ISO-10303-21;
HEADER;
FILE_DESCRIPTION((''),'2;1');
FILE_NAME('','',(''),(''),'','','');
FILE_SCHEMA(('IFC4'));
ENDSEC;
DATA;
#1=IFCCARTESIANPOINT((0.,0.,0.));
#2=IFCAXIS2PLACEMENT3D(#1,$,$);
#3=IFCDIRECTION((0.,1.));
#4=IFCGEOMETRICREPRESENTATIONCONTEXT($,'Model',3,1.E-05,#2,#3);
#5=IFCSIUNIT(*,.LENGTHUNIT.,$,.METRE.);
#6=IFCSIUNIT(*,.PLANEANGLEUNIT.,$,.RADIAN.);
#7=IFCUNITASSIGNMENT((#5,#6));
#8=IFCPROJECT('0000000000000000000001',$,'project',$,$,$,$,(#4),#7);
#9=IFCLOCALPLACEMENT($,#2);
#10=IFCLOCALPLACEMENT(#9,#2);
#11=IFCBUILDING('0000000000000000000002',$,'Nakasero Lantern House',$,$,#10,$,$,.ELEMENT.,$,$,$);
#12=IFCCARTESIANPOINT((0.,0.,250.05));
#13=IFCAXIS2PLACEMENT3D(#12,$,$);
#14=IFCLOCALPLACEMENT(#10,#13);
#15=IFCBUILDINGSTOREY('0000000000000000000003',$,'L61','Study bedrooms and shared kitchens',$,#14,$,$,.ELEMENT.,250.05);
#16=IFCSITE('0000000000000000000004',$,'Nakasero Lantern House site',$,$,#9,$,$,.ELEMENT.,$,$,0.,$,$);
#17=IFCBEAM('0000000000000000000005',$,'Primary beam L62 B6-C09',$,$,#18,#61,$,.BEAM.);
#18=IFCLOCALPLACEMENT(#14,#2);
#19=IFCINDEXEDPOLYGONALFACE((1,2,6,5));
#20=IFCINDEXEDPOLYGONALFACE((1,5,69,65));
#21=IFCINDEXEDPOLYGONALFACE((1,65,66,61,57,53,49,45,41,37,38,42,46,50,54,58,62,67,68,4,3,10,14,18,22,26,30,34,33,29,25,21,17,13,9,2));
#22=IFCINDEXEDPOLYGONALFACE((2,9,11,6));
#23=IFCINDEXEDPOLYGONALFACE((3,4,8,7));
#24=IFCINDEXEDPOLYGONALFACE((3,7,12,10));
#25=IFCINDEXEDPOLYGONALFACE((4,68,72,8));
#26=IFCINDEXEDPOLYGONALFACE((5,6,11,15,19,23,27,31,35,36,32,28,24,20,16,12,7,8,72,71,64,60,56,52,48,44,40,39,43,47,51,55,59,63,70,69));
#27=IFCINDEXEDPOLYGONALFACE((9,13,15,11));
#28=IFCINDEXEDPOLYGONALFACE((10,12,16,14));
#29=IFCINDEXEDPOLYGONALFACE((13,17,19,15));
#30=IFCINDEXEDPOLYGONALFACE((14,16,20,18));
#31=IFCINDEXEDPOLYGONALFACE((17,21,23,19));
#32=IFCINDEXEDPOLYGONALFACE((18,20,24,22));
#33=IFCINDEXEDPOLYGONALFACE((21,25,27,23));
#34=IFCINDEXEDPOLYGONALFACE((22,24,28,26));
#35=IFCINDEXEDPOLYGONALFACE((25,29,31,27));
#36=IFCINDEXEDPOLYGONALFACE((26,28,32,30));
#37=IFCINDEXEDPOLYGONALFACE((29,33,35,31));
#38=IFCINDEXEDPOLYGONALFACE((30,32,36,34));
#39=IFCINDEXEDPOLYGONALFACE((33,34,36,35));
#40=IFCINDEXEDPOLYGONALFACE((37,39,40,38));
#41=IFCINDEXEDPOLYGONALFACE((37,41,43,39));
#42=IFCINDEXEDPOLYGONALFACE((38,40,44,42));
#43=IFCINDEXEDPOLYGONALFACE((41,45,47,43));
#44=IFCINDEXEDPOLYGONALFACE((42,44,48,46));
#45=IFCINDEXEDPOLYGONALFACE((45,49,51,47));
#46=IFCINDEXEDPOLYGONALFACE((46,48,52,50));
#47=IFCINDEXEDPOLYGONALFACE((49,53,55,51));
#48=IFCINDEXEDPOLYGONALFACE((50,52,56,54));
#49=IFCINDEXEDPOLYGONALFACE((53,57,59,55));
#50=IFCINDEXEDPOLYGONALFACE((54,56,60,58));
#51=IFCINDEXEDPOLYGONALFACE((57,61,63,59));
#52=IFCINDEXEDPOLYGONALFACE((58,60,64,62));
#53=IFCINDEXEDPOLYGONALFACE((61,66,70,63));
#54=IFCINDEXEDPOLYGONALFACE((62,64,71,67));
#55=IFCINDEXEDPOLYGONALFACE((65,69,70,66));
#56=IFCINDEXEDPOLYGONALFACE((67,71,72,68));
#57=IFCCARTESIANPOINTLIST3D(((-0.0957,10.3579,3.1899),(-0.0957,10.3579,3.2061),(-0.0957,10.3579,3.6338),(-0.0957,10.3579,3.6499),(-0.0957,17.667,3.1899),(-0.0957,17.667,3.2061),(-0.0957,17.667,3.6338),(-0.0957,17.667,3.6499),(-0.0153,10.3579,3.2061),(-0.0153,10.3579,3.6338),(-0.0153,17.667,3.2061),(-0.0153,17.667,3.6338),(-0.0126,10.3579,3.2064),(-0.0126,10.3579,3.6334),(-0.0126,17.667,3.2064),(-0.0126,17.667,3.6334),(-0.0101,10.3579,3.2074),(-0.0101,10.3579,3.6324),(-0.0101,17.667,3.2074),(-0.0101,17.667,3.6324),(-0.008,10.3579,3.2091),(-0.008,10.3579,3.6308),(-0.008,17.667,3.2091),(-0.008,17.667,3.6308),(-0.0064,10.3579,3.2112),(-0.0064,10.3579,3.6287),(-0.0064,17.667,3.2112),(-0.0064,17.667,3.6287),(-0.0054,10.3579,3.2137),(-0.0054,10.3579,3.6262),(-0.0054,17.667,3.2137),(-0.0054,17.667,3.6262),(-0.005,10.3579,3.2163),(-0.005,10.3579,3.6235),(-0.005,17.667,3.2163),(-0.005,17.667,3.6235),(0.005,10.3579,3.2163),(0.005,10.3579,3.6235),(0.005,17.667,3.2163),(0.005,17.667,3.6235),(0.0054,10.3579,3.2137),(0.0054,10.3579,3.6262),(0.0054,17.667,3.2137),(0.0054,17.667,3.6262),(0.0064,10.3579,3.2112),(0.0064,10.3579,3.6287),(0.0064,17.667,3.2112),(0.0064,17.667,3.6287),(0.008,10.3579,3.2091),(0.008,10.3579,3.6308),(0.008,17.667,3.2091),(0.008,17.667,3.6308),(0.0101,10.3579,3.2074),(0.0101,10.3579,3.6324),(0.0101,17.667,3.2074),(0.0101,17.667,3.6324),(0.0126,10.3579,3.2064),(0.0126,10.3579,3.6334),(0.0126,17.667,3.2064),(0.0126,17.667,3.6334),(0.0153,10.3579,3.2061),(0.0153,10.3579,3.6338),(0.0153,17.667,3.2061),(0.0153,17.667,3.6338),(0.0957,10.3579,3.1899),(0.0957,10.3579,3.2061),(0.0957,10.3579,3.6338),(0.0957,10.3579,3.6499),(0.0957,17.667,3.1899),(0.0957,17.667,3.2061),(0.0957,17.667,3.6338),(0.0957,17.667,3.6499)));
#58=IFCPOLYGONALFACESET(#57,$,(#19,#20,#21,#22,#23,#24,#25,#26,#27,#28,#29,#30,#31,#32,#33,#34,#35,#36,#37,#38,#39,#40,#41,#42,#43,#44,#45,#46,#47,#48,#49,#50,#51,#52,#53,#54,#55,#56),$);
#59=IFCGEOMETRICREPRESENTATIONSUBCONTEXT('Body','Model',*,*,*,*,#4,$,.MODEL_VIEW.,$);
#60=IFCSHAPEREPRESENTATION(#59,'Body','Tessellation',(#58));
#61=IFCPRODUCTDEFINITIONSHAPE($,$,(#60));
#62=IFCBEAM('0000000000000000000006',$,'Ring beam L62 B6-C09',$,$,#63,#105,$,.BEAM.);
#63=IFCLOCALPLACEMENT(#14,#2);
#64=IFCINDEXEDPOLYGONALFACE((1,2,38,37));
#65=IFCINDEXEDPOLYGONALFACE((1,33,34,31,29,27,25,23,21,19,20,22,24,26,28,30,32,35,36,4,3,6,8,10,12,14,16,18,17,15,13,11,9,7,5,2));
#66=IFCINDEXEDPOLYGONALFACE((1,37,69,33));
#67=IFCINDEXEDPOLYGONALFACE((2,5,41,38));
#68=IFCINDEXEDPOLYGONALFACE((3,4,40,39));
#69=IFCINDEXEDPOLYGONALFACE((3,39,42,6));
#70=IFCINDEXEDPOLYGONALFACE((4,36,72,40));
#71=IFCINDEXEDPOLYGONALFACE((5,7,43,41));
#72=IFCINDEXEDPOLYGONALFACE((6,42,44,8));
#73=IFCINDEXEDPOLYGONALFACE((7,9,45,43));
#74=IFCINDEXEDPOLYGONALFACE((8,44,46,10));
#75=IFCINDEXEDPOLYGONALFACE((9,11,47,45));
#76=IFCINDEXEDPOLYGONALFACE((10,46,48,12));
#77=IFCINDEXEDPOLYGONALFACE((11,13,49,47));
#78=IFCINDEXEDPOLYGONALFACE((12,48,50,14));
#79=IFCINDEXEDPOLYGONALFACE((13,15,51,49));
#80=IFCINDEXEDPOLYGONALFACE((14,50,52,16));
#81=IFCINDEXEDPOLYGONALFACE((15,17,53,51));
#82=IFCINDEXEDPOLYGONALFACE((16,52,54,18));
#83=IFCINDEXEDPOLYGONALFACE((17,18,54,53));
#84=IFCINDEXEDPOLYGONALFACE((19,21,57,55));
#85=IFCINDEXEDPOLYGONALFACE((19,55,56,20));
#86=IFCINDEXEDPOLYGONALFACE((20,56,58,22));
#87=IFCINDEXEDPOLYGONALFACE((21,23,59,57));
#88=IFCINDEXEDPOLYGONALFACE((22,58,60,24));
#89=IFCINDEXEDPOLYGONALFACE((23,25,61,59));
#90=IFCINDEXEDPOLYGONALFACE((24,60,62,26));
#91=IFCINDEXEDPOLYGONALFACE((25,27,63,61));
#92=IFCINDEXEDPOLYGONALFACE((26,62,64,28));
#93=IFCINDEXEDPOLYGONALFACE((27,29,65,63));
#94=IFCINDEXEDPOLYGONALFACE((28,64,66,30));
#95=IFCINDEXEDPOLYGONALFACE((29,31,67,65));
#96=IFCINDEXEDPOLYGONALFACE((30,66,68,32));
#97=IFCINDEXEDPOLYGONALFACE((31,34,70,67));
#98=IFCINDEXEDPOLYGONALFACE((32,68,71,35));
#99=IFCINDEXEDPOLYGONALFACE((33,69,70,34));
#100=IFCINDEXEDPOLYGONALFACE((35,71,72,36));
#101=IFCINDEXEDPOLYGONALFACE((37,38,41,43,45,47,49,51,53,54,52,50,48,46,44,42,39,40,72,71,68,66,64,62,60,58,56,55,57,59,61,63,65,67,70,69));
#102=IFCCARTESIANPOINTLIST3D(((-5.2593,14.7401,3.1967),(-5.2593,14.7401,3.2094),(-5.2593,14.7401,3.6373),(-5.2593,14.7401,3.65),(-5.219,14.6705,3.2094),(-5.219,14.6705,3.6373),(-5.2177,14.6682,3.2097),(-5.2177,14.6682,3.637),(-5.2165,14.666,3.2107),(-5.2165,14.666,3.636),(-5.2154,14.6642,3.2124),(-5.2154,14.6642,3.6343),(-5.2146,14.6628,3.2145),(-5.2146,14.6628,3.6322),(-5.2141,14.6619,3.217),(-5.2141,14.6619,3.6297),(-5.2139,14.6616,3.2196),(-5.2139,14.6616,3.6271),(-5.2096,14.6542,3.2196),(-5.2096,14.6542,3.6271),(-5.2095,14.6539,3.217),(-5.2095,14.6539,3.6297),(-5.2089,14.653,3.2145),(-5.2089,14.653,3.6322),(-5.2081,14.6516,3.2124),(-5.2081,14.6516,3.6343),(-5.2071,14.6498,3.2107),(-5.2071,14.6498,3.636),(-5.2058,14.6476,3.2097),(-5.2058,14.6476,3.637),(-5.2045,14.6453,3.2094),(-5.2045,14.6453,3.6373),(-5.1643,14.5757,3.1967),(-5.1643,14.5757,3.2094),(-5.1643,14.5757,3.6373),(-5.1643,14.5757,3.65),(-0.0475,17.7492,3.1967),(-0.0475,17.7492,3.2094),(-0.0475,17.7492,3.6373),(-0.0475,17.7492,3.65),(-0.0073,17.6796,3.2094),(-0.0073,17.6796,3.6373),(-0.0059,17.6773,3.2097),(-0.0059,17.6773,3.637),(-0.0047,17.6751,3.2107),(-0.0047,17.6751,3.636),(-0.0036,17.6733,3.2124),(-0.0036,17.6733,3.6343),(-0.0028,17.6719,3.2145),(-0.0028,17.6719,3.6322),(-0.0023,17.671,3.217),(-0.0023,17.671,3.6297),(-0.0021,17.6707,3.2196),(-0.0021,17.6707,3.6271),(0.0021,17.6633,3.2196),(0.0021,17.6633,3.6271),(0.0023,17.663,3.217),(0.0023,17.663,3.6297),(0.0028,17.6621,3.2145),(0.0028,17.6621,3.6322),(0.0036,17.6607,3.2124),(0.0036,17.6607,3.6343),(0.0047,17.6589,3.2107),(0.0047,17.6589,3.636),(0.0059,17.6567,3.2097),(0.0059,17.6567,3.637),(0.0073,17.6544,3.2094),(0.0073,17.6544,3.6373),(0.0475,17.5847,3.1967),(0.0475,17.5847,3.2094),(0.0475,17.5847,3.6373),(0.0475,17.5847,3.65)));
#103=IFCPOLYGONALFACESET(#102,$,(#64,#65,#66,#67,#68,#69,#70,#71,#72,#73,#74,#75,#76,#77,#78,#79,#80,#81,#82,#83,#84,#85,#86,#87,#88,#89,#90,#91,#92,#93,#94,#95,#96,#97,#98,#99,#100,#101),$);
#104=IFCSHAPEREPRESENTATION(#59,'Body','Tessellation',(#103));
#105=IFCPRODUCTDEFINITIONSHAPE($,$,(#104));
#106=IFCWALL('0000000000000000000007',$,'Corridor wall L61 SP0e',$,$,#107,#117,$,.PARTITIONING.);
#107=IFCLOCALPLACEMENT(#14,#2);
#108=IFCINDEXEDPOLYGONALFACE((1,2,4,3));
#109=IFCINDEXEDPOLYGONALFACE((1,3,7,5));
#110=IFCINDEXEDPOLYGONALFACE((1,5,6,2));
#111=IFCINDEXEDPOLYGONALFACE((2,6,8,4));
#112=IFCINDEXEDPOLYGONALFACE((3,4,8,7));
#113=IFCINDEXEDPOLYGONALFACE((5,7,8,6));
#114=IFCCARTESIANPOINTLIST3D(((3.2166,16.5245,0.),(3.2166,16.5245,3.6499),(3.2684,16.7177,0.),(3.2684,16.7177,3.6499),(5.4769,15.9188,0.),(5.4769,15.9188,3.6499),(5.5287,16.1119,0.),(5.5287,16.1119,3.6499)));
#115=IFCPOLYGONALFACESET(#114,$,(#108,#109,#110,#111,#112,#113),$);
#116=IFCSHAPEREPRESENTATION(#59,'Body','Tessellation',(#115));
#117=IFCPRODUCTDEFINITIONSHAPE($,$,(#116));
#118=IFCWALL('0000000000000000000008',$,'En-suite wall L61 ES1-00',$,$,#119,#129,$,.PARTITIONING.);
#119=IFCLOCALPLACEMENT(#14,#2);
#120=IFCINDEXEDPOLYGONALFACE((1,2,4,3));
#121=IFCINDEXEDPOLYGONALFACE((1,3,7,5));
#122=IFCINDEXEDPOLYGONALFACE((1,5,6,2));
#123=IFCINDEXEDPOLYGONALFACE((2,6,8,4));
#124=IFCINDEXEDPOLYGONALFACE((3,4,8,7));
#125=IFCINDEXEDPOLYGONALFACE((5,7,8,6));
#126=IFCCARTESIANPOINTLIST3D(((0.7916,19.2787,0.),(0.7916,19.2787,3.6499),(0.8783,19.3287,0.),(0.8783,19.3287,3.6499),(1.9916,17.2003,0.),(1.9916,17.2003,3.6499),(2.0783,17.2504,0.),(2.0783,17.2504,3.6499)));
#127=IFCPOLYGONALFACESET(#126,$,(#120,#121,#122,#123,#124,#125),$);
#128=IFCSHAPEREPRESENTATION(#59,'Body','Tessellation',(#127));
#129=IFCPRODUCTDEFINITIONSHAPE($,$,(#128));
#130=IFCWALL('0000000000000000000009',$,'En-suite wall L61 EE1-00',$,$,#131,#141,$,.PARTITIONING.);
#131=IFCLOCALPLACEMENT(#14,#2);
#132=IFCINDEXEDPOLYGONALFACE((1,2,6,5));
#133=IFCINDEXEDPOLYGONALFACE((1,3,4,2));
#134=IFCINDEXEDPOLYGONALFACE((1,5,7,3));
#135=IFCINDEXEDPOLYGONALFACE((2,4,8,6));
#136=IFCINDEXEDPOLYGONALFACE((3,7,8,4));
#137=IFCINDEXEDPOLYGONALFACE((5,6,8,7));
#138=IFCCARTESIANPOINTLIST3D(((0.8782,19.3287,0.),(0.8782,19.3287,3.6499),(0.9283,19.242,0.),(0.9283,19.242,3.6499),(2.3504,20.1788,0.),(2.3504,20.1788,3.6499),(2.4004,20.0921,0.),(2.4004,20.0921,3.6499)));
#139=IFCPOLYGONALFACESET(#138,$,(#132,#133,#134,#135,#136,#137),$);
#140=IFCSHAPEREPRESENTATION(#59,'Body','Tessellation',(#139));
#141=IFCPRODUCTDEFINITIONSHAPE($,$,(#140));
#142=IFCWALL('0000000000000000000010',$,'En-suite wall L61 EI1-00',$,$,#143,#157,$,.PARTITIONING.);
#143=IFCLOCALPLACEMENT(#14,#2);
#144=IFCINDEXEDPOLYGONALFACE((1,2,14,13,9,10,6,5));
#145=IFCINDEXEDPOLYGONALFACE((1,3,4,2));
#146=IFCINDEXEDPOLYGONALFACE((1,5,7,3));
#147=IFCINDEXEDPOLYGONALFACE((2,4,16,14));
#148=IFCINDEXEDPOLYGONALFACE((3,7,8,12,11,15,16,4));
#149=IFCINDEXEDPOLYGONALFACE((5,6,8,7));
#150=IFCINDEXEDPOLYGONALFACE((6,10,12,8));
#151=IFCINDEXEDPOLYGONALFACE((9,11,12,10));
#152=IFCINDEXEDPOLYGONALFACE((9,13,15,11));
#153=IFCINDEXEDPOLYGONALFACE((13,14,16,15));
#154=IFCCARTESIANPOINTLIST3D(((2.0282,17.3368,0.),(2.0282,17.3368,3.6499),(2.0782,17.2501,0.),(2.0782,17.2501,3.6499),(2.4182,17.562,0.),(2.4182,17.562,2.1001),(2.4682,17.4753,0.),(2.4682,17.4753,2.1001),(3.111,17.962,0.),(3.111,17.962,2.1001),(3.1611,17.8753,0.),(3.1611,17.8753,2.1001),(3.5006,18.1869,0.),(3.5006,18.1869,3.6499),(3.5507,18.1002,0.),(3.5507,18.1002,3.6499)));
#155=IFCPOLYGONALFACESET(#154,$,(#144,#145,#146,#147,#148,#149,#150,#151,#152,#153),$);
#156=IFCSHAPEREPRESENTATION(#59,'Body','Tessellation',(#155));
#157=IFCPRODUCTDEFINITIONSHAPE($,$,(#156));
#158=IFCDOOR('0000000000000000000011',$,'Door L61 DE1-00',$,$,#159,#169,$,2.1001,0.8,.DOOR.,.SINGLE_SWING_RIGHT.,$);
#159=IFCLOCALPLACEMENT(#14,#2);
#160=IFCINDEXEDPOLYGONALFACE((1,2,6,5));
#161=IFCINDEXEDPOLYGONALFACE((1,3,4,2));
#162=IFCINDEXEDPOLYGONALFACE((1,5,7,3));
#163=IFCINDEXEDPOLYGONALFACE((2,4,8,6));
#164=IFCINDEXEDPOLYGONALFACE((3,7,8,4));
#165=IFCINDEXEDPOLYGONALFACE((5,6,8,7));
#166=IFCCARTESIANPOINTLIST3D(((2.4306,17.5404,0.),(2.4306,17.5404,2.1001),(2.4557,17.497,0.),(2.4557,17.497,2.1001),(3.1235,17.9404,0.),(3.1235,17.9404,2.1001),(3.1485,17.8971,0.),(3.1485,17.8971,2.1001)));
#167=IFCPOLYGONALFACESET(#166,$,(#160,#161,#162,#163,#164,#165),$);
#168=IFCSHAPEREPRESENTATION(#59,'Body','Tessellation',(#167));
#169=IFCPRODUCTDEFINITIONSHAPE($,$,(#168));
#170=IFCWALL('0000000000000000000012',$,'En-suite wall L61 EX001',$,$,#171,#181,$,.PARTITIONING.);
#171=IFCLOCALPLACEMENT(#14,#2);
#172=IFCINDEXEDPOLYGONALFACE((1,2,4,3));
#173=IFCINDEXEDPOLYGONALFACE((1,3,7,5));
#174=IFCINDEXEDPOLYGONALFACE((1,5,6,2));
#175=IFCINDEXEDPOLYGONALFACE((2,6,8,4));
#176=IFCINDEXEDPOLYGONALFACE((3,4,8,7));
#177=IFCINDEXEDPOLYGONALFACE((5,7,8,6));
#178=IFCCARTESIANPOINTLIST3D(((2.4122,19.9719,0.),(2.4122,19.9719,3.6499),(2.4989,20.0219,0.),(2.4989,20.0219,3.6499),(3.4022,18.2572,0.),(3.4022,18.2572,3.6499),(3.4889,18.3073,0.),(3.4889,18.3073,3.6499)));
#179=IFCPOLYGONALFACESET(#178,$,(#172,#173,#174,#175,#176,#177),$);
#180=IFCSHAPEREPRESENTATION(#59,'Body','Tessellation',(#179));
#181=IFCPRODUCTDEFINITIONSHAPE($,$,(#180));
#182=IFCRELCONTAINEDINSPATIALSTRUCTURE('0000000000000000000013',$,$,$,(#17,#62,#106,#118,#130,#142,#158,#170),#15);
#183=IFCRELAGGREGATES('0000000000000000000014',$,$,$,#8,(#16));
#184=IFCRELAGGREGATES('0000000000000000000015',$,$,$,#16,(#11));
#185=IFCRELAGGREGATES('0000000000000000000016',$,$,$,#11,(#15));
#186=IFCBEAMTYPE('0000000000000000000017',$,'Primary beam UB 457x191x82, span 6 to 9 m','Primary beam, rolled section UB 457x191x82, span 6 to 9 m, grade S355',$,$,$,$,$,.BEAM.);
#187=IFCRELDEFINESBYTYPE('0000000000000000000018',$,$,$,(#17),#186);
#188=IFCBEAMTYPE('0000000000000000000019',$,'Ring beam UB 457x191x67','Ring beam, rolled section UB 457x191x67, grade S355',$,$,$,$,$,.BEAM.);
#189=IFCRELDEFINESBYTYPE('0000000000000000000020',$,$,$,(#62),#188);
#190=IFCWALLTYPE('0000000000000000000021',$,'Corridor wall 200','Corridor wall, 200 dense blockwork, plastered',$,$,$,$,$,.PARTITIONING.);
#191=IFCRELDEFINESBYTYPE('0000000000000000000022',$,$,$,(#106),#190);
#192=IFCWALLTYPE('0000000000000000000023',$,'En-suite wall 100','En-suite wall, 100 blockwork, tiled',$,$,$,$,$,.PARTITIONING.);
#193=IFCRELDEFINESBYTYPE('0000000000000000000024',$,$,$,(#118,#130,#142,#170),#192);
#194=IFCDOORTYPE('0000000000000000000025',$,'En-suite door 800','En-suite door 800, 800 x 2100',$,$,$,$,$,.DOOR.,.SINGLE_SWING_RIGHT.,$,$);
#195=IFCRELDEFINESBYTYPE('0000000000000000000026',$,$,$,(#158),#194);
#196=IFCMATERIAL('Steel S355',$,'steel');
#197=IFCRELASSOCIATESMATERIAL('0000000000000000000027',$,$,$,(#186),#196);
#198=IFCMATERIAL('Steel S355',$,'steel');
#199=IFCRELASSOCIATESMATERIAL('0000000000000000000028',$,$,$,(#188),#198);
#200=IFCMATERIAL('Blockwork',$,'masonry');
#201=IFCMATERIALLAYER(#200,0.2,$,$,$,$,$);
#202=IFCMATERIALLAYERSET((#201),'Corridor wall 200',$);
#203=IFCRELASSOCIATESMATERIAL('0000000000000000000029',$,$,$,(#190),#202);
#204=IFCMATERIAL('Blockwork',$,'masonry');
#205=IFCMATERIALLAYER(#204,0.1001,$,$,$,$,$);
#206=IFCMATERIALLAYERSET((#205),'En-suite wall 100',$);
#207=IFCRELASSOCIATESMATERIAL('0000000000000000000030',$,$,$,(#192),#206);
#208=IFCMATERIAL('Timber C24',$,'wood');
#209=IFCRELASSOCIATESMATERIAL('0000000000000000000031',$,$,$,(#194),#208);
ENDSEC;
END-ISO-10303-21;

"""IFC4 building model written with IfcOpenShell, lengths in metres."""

from ifc_helpers import new_model, si_unit, direction, frame, frame_2d, origin, origin_2d, place, context, subcontext, project, spatial, rectangle, i_section, extrude, material, layer, layer_set, material_profile, profile_set, type_object, element, fill, save


model = new_model("IFC4")

# Units and contexts
model_context = context("Model", 3, precision=1e-05, world=origin(), true_north=direction((0.0, 1.0)))
body_context = subcontext(model_context, "Body", "Model", "MODEL_VIEW")
ifc_project = project(units=[si_unit("LENGTHUNIT", "METRE"), si_unit("PLANEANGLEUNIT", "RADIAN")], contexts=[model_context])

# Site, building, storey
site_placement = place(None, origin())
site = spatial("IfcSite", under=ifc_project, at=site_placement, Name="Nakasero Lantern House site", CompositionType="ELEMENT", RefElevation=0.0)
building_placement = place(site_placement, origin())
building = spatial("IfcBuilding", under=site, at=building_placement, Name="Nakasero Lantern House", CompositionType="ELEMENT")
storey_placement = place(building_placement, frame((0.0, 0.0, 250.05)))
storey = spatial("IfcBuildingStorey", under=building, at=storey_placement, Name="L61", Description="Study bedrooms and shared kitchens", CompositionType="ELEMENT", Elevation=250.05)

# Beams
ifc_material_1 = material(Name="Steel S355", Category="steel")
ifc_material_profile_1 = material_profile(ifc_material_1, i_section(OverallWidth=0.1914, OverallDepth=0.46, WebThickness=0.01, FlangeThickness=0.0161, FilletRadius=0.0103, at=origin_2d()), Name="UB 457x191x82")
ifc_profile_set_1 = profile_set([ifc_material_profile_1], Name="Steel S355")
beam_type_1 = type_object("IfcBeamType", Name="Primary beam UB 457x191x82, span 6 to 9 m", Description="Primary beam, rolled section UB 457x191x82, span 6 to 9 m, grade S355", PredefinedType="BEAM", material=ifc_profile_set_1)
beam_1_placement = place(storey_placement, frame((0.0, 17.667, 3.4199), z_axis=(0.0, -1.0, 0.0), x_axis=(1.0, 0.0, 0.0)))
element("IfcBeam", 1, at=beam_1_placement, inside=storey, type_object=beam_type_1, Name="Primary beam L62 B6-C09", PredefinedType="BEAM", context=body_context, shape_type="SweptSolid", body=[
    extrude(i_section(OverallWidth=0.1914, OverallDepth=0.46, WebThickness=0.01, FlangeThickness=0.0161, FilletRadius=0.0103, at=origin_2d()), origin(), (0.0, 0.0, 1.0), 7.3091),
])
ifc_material_2 = material(Name="Steel S355", Category="steel")
ifc_material_profile_2 = material_profile(ifc_material_2, i_section(OverallWidth=0.1899, OverallDepth=0.4534, WebThickness=0.0085, FlangeThickness=0.0127, FilletRadius=0.0103, at=origin_2d()), Name="UB 457x191x67")
ifc_profile_set_2 = profile_set([ifc_material_profile_2], Name="Steel S355")
beam_type_2 = type_object("IfcBeamType", Name="Ring beam UB 457x191x67", Description="Ring beam, rolled section UB 457x191x67, grade S355", PredefinedType="BEAM", material=ifc_profile_set_2)
beam_2_placement = place(storey_placement, frame((0.0, 17.667, 3.4233), z_axis=(-0.86602, -0.500009, 0.0), x_axis=(0.500009, -0.86602, 0.0)))
element("IfcBeam", 2, at=beam_2_placement, inside=storey, type_object=beam_type_2, Name="Ring beam L62 B6-C09", PredefinedType="BEAM", context=body_context, shape_type="SweptSolid", body=[
    extrude(i_section(OverallWidth=0.1899, OverallDepth=0.4534, WebThickness=0.0085, FlangeThickness=0.0127, FilletRadius=0.0103, at=origin_2d()), origin(), (0.0, 0.0, 1.0), 6.0181),
])

# Walls
ifc_material_3 = material(Name="Blockwork", Category="masonry")
ifc_layer_1 = layer(ifc_material_3, 0.2)
ifc_layer_set_1 = layer_set([ifc_layer_1], Name="Corridor wall 200")
wall_type_1 = type_object("IfcWallType", Name="Corridor wall 200", Description="Corridor wall, 200 dense blockwork, plastered", PredefinedType="PARTITIONING", material=ifc_layer_set_1)
wall_1_placement = place(storey_placement, frame((5.5027, 16.0154, 0.0), z_axis=(0.0, 0.0, 1.0), x_axis=(-0.965917, 0.258851, 0.0)))
element("IfcWall", 3, at=wall_1_placement, inside=storey, type_object=wall_type_1, Name="Corridor wall L61 SP0e", PredefinedType="PARTITIONING", context=body_context, shape_type="SweptSolid", body=[
    extrude(rectangle(XDim=2.3401, YDim=0.2, at=frame_2d((1.1699, 0.0))), origin(), (0.0, 0.0, 1.0), 3.6499),
])
ifc_material_4 = material(Name="Blockwork", Category="masonry")
ifc_layer_2 = layer(ifc_material_4, 0.1001)
ifc_layer_set_2 = layer_set([ifc_layer_2], Name="En-suite wall 100")
wall_type_2 = type_object("IfcWallType", Name="En-suite wall 100", Description="En-suite wall, 100 blockwork, tiled", PredefinedType="PARTITIONING", material=ifc_layer_set_2)
wall_2_placement = place(storey_placement, frame((2.0349, 17.2253, 0.0), z_axis=(0.0, 0.0, 1.0), x_axis=(-0.500001, 0.866025, 0.0)))
element("IfcWall", 4, at=wall_2_placement, inside=storey, type_object=wall_type_2, Name="En-suite wall L61 ES1-00", PredefinedType="PARTITIONING", context=body_context, shape_type="SweptSolid", body=[
    extrude(rectangle(XDim=2.3999, YDim=0.1001, at=frame_2d((1.2, 0.0))), origin(), (0.0, 0.0, 1.0), 3.6499),
])
wall_3_placement = place(storey_placement, frame((2.3755, 20.1355, 0.0), z_axis=(0.0, 0.0, 1.0), x_axis=(-0.865989, -0.500062, 0.0)))
element("IfcWall", 5, at=wall_3_placement, inside=storey, type_object=wall_type_2, Name="En-suite wall L61 EE1-00", PredefinedType="PARTITIONING", context=body_context, shape_type="SweptSolid", body=[
    extrude(rectangle(XDim=1.7, YDim=0.1001, at=frame_2d((0.8501, 0.0))), origin(), (0.0, 0.0, 1.0), 3.6499),
])

# Wall, opening, door
wall_4_placement = place(storey_placement, frame((3.5256, 18.1436, 0.0), z_axis=(0.0, 0.0, 1.0), x_axis=(-0.866025, -0.5, 0.0)))
wall_4 = element("IfcWall", 6, at=wall_4_placement, inside=storey, type_object=wall_type_2, Name="En-suite wall L61 EI1-00", PredefinedType="PARTITIONING", context=body_context, shape_type="SweptSolid", body=[
    extrude(rectangle(XDim=1.7002, YDim=0.1001, at=frame_2d((0.8501, 0.0))), origin(), (0.0, 0.0, 1.0), 3.6499),
])
opening_1_placement = place(wall_4_placement, frame((0.45, 0.0, 0.0)))
opening_1 = element("IfcOpeningElement", 7, at=opening_1_placement, cuts=wall_4, PredefinedType="OPENING", context=body_context, shape_type="SweptSolid", body=[
    extrude(rectangle(XDim=0.8, YDim=2.1001, at=frame_2d((0.3999, 1.05))), frame((0.0, 0.0701, 0.0), z_axis=(0.0, -1.0, 0.0), x_axis=(1.0, 0.0, 0.0)), (0.0, 0.0, 1.0), 0.1401),
])
ifc_material_5 = material(Name="Timber C24", Category="wood")
door_type_1 = type_object("IfcDoorType", Name="En-suite door 800", Description="En-suite door 800, 800 x 2100", OperationType="SINGLE_SWING_RIGHT", PredefinedType="DOOR", material=ifc_material_5)
door_1_placement = place(opening_1_placement, origin())
door_1 = element("IfcDoor", 8, at=door_1_placement, inside=storey, type_object=door_type_1, Name="Door L61 DE1-00", OperationType="SINGLE_SWING_RIGHT", OverallHeight=2.1001, OverallWidth=0.8, PredefinedType="DOOR", context=body_context, shape_type="SweptSolid", body=[
    extrude(rectangle(XDim=0.8, YDim=2.1001, at=frame_2d((0.3999, 1.05))), frame((0.0, 0.0249, 0.0), z_axis=(0.0, -1.0, 0.0), x_axis=(1.0, 0.0, 0.0)), (0.0, 0.0, 1.0), 0.05),
])
fill(opening_1, door_1)

# Wall
wall_5_placement = place(storey_placement, frame((3.4456, 18.2822, 0.0), z_axis=(0.0, 0.0, 1.0), x_axis=(-0.500025, 0.866011, 0.0)))
element("IfcWall", 9, at=wall_5_placement, inside=storey, type_object=wall_type_2, Name="En-suite wall L61 EX001", PredefinedType="PARTITIONING", context=body_context, shape_type="SweptSolid", body=[
    extrude(rectangle(XDim=1.98, YDim=0.1001, at=frame_2d((0.99, 0.0))), origin(), (0.0, 0.0, 1.0), 3.6499),
])

save(model, "model.ifc")
